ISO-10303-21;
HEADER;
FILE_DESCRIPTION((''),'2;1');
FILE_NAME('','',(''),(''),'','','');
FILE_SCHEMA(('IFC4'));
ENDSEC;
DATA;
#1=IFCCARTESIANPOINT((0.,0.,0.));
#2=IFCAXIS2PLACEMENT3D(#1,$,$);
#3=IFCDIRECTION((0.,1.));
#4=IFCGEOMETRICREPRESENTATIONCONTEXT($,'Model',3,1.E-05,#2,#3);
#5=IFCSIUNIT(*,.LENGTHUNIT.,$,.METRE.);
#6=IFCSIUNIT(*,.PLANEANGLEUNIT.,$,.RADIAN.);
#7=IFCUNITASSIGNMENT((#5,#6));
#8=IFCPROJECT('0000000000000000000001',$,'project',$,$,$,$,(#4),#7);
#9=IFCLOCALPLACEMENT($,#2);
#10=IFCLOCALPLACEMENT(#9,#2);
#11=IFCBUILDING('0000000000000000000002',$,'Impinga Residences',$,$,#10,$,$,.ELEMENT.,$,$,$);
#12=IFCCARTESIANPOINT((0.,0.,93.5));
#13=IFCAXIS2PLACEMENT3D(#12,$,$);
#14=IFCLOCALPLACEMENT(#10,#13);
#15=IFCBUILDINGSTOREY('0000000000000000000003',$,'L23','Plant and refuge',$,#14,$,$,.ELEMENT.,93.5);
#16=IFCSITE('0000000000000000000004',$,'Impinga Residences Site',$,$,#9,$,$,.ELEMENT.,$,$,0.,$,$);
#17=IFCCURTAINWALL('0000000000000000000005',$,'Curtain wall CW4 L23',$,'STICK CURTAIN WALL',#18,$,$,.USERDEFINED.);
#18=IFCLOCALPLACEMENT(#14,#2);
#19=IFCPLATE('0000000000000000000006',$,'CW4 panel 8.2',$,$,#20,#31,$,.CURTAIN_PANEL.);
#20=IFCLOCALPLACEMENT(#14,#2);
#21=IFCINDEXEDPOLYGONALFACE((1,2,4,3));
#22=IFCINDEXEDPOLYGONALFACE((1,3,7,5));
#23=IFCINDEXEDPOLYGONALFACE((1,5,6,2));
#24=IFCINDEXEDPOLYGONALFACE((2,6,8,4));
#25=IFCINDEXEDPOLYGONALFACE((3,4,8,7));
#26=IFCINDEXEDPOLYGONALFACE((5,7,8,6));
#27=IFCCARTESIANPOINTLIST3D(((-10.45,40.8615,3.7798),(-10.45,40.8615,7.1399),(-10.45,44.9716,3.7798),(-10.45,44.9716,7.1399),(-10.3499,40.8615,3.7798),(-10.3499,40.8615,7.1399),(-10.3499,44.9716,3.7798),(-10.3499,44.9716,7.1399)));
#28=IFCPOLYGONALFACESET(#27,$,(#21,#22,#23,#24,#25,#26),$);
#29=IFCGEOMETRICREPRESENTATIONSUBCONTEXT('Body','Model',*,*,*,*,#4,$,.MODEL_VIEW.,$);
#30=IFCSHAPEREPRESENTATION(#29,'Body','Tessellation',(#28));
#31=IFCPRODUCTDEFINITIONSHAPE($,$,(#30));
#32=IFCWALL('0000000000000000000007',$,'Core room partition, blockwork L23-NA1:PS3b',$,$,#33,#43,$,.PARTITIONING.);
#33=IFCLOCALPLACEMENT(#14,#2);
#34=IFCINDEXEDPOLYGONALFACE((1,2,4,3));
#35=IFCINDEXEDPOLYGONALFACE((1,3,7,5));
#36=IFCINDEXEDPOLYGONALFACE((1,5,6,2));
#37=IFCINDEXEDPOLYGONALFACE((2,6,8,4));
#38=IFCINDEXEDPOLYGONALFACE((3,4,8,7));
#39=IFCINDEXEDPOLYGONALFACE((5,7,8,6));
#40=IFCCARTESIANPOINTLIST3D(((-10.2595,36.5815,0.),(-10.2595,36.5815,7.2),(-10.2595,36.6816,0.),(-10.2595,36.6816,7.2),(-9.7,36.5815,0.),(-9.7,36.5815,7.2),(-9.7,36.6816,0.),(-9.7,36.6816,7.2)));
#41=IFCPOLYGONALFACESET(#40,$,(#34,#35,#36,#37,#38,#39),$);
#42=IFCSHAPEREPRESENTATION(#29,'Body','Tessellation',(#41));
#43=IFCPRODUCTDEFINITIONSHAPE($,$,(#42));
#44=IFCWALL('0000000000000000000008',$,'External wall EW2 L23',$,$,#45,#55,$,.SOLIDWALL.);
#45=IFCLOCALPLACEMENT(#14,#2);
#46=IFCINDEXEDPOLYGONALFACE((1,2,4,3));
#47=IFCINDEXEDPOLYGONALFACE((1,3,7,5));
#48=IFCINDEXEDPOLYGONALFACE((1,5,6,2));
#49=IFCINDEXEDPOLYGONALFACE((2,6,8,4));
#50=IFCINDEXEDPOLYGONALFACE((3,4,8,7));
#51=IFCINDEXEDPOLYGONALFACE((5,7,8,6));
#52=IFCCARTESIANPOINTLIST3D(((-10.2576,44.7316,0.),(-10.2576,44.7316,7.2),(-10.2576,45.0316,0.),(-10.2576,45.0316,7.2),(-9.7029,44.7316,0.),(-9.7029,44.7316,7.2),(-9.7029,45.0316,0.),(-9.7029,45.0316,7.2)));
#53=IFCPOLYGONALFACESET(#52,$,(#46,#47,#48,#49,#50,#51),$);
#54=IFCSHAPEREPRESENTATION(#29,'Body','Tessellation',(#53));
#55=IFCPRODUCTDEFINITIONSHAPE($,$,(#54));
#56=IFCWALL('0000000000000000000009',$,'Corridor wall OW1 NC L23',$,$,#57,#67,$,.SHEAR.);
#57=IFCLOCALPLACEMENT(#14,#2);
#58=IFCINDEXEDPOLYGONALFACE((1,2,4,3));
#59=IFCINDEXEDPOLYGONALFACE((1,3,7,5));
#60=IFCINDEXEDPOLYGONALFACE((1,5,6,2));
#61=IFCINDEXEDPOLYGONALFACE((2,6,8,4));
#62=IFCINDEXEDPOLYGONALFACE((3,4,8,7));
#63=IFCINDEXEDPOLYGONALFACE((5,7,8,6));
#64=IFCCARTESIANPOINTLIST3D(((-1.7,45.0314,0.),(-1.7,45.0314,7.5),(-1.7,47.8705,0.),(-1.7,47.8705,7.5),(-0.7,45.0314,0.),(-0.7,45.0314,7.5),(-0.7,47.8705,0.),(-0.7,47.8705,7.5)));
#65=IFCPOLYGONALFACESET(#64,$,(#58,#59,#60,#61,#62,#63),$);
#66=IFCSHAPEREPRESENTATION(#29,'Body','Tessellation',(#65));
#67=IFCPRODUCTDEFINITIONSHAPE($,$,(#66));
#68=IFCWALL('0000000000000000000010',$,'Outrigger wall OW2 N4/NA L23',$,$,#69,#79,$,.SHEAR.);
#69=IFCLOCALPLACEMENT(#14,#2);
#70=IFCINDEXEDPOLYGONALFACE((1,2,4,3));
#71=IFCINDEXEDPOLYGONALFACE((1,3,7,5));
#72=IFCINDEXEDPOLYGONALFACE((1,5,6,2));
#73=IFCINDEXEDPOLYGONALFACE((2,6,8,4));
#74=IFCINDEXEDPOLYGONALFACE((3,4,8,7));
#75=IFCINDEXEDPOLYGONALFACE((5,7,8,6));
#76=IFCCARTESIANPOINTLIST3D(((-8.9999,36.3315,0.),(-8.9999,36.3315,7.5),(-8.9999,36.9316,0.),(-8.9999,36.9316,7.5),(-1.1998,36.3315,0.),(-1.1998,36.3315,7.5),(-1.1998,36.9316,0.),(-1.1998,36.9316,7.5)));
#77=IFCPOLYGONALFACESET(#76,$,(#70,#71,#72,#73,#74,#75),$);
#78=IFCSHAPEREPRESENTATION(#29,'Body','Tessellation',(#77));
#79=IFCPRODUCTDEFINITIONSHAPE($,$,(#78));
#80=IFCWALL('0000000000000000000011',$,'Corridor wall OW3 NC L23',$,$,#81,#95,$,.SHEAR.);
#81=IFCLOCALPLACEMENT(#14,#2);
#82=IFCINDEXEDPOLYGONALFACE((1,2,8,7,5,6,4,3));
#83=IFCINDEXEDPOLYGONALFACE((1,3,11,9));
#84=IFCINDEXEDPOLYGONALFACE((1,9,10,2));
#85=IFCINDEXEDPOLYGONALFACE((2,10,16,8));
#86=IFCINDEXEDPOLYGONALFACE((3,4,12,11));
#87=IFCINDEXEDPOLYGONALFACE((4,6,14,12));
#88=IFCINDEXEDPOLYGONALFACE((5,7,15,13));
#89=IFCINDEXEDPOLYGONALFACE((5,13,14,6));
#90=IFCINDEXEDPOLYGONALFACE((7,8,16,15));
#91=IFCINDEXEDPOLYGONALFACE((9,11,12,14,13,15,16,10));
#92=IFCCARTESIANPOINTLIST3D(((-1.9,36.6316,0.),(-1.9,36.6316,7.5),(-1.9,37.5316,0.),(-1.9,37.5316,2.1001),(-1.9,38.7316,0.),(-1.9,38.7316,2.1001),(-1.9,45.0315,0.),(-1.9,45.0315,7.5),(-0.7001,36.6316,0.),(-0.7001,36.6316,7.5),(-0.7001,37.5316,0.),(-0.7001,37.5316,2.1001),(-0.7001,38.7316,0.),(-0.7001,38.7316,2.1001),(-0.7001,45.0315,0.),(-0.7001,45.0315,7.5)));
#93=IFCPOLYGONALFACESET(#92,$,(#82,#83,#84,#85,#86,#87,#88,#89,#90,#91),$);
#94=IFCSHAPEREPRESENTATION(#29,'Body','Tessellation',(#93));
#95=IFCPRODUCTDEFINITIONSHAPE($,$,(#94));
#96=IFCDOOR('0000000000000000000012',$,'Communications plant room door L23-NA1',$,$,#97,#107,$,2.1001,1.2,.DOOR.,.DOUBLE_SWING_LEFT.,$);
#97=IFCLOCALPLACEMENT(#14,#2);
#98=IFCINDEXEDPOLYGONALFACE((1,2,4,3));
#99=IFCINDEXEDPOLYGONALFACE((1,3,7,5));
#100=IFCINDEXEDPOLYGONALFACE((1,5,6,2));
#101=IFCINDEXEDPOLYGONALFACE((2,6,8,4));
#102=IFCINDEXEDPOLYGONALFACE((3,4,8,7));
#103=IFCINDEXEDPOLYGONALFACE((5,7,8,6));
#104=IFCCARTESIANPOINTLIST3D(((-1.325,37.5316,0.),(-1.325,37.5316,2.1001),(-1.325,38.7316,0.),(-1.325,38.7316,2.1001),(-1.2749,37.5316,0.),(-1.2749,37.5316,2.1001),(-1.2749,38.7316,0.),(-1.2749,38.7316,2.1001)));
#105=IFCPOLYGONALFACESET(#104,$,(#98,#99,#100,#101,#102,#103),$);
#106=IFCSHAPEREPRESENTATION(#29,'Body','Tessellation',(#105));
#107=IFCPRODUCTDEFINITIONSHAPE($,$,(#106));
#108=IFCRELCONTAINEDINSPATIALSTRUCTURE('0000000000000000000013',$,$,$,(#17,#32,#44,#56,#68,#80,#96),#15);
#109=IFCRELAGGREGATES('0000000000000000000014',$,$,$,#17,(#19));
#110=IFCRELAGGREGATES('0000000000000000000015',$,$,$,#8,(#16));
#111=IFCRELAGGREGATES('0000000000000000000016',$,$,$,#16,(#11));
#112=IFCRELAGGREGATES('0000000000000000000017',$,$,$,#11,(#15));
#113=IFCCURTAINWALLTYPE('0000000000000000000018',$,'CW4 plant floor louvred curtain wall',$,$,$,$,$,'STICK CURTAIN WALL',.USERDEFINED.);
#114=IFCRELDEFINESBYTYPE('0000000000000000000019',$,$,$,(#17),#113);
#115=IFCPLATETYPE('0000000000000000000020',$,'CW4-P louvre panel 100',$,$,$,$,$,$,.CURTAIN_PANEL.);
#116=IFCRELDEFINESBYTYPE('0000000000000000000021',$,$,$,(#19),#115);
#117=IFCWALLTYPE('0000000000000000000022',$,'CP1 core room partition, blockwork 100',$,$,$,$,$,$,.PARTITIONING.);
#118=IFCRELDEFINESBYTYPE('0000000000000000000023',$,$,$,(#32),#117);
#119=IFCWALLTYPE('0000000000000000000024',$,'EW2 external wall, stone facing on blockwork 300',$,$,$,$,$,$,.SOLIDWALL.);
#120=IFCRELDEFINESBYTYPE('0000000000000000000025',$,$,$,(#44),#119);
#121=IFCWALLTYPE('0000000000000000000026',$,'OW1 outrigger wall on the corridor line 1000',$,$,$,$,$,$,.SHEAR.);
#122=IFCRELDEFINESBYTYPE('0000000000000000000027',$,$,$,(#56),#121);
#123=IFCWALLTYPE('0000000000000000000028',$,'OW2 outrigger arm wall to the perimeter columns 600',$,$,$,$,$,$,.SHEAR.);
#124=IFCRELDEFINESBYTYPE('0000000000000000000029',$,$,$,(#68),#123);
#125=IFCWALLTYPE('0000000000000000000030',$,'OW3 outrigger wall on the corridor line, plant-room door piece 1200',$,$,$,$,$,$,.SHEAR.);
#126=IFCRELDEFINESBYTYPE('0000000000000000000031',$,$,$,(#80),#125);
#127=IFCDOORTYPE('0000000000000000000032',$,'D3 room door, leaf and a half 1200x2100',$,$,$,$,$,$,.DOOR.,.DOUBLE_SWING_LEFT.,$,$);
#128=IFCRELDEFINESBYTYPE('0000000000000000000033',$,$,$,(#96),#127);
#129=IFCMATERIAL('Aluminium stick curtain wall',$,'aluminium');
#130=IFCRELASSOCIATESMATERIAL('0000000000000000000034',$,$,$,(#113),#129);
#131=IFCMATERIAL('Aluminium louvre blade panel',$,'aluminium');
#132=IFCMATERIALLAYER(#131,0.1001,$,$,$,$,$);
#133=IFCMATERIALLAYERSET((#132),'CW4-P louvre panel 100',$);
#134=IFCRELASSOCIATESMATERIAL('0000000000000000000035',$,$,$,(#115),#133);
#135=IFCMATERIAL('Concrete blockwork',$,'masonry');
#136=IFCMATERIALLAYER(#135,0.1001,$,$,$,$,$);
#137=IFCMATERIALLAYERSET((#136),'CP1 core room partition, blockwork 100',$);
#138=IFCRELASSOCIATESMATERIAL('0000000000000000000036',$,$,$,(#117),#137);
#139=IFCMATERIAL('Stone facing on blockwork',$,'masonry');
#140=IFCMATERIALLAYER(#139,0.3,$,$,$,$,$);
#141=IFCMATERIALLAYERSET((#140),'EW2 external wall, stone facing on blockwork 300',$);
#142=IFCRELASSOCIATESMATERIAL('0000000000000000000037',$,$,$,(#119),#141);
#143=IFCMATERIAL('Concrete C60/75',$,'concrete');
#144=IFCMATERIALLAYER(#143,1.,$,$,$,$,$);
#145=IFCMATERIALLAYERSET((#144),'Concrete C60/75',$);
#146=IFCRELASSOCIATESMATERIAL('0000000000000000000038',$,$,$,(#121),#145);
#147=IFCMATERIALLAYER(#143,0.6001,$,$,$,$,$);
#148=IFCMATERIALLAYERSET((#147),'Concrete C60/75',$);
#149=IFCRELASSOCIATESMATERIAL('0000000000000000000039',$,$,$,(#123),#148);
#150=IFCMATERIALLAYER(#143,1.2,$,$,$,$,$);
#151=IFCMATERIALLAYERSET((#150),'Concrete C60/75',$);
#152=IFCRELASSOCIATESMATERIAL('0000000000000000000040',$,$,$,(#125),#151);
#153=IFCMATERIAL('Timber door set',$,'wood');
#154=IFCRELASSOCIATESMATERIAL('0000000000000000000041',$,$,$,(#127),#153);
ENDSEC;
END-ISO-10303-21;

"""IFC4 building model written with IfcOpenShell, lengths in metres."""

from ifc_helpers import new_model, si_unit, direction, frame, frame_2d, origin, origin_2d, place, context, subcontext, project, spatial, rectangle, extrude, material, layer, layer_set, type_object, element, fill, aggregate, save


model = new_model("IFC4")

# Units and contexts
model_context = context("Model", 3, precision=1e-05, world=origin(), true_north=direction((0.0, 1.0)))
body_context = subcontext(model_context, "Body", "Model", "MODEL_VIEW")
ifc_project = project(units=[si_unit("LENGTHUNIT", "METRE"), si_unit("PLANEANGLEUNIT", "RADIAN")], contexts=[model_context])

# Site, building, storey
site_placement = place(None, origin())
site = spatial("IfcSite", under=ifc_project, at=site_placement, Name="Impinga Residences Site", CompositionType="ELEMENT", RefElevation=0.0)
building_placement = place(site_placement, origin())
building = spatial("IfcBuilding", under=site, at=building_placement, Name="Impinga Residences", CompositionType="ELEMENT")
storey_placement = place(building_placement, frame((0.0, 0.0, 93.5)))
storey = spatial("IfcBuildingStorey", under=building, at=storey_placement, Name="L23", Description="Plant and refuge", CompositionType="ELEMENT", Elevation=93.5)

# Shared definitions
ifc_material_1 = material(Name="Concrete C60/75", Category="concrete")

# Curtain wall, plate
ifc_material_2 = material(Name="Aluminium stick curtain wall", Category="aluminium")
curtain_wall_type = type_object("IfcCurtainWallType", Name="CW4 plant floor louvred curtain wall", ElementType="STICK CURTAIN WALL", PredefinedType="USERDEFINED", material=ifc_material_2)
curtain_wall_placement = place(storey_placement, origin())
curtain_wall = element("IfcCurtainWall", 1, at=curtain_wall_placement, inside=storey, type_object=curtain_wall_type, Name="Curtain wall CW4 L23", ObjectType="STICK CURTAIN WALL", PredefinedType="USERDEFINED")
ifc_material_3 = material(Name="Aluminium louvre blade panel", Category="aluminium")
ifc_layer_1 = layer(ifc_material_3, 0.1001)
ifc_layer_set_1 = layer_set([ifc_layer_1], Name="CW4-P louvre panel 100")
plate_type = type_object("IfcPlateType", Name="CW4-P louvre panel 100", PredefinedType="CURTAIN_PANEL", material=ifc_layer_set_1)
plate_1_placement = place(storey_placement, frame((-10.3999, 42.9165, 3.7798), z_axis=(0.0, 0.0, 1.0), x_axis=(0.0, 1.0, 0.0)))
plate_1 = element("IfcPlate", 2, at=plate_1_placement, type_object=plate_type, Name="CW4 panel 8.2", PredefinedType="CURTAIN_PANEL", context=body_context, shape_type="SweptSolid", body=[
    extrude(rectangle(XDim=4.1101, YDim=0.1001, at=origin_2d()), origin(), (0.0, 0.0, 1.0), 3.3601),
])
aggregate(curtain_wall, [plate_1])

# Walls
ifc_material_4 = material(Name="Concrete blockwork", Category="masonry")
ifc_layer_2 = layer(ifc_material_4, 0.1001)
ifc_layer_set_2 = layer_set([ifc_layer_2], Name="CP1 core room partition, blockwork 100")
wall_type_1 = type_object("IfcWallType", Name="CP1 core room partition, blockwork 100", PredefinedType="PARTITIONING", material=ifc_layer_set_2)
wall_1_placement = place(storey_placement, frame((-9.7, 36.6316, 0.0), z_axis=(0.0, 0.0, 1.0), x_axis=(-1.0, 0.0, 0.0)))
element("IfcWall", 3, at=wall_1_placement, inside=storey, type_object=wall_type_1, Name="Core room partition, blockwork L23-NA1:PS3b", PredefinedType="PARTITIONING", context=body_context, shape_type="SweptSolid", body=[
    extrude(rectangle(XDim=0.5596, YDim=0.1001, at=frame_2d((0.2798, 0.0))), origin(), (0.0, 0.0, 1.0), 7.2),
])
ifc_material_5 = material(Name="Stone facing on blockwork", Category="masonry")
ifc_layer_3 = layer(ifc_material_5, 0.3)
ifc_layer_set_3 = layer_set([ifc_layer_3], Name="EW2 external wall, stone facing on blockwork 300")
wall_type_2 = type_object("IfcWallType", Name="EW2 external wall, stone facing on blockwork 300", PredefinedType="SOLIDWALL", material=ifc_layer_set_3)
wall_2_placement = place(storey_placement, frame((-10.2576, 44.8816, 0.0), z_axis=(0.0, 0.0, 1.0), x_axis=(1.0, 0.0, 0.0)))
element("IfcWall", 4, at=wall_2_placement, inside=storey, type_object=wall_type_2, Name="External wall EW2 L23", PredefinedType="SOLIDWALL", context=body_context, shape_type="SweptSolid", body=[
    extrude(rectangle(XDim=0.5547, YDim=0.3, at=frame_2d((0.2773, 0.0))), origin(), (0.0, 0.0, 1.0), 7.2),
])
ifc_layer_4 = layer(ifc_material_1, 1.0)
ifc_layer_set_4 = layer_set([ifc_layer_4], Name="Concrete C60/75")
wall_type_3 = type_object("IfcWallType", Name="OW1 outrigger wall on the corridor line 1000", PredefinedType="SHEAR", material=ifc_layer_set_4)
wall_3_placement = place(storey_placement, frame((-1.2, 45.0315, 0.0), z_axis=(0.0, 0.0, 1.0), x_axis=(0.0, 1.0, 0.0)))
element("IfcWall", 5, at=wall_3_placement, inside=storey, type_object=wall_type_3, Name="Corridor wall OW1 NC L23", PredefinedType="SHEAR", context=body_context, shape_type="SweptSolid", body=[
    extrude(rectangle(XDim=2.8391, YDim=1.0, at=frame_2d((1.4194, 0.0))), origin(), (0.0, 0.0, 1.0), 7.5),
])
ifc_layer_5 = layer(ifc_material_1, 0.6001)
ifc_layer_set_5 = layer_set([ifc_layer_5], Name="Concrete C60/75")
wall_type_4 = type_object("IfcWallType", Name="OW2 outrigger arm wall to the perimeter columns 600", PredefinedType="SHEAR", material=ifc_layer_set_5)
wall_4_placement = place(storey_placement, frame((-1.2, 36.6316, 0.0), z_axis=(0.0, 0.0, 1.0), x_axis=(-1.0, 0.0, 0.0)))
element("IfcWall", 6, at=wall_4_placement, inside=storey, type_object=wall_type_4, Name="Outrigger wall OW2 N4/NA L23", PredefinedType="SHEAR", context=body_context, shape_type="SweptSolid", body=[
    extrude(rectangle(XDim=7.8, YDim=0.6001, at=frame_2d((3.8999, 0.0))), origin(), (0.0, 0.0, 1.0), 7.5),
])

# Wall, opening, door
ifc_layer_6 = layer(ifc_material_1, 1.2)
ifc_layer_set_6 = layer_set([ifc_layer_6], Name="Concrete C60/75")
wall_type_5 = type_object("IfcWallType", Name="OW3 outrigger wall on the corridor line, plant-room door piece 1200", PredefinedType="SHEAR", material=ifc_layer_set_6)
wall_5_placement = place(storey_placement, frame((-1.3, 36.6316, 0.0), z_axis=(0.0, 0.0, 1.0), x_axis=(0.0, 1.0, 0.0)))
wall_5 = element("IfcWall", 7, at=wall_5_placement, inside=storey, type_object=wall_type_5, Name="Corridor wall OW3 NC L23", PredefinedType="SHEAR", context=body_context, shape_type="SweptSolid", body=[
    extrude(rectangle(XDim=8.3999, YDim=1.2, at=frame_2d((4.2, 0.0))), origin(), (0.0, 0.0, 1.0), 7.5),
])
opening_placement = place(wall_5_placement, frame((0.8999, 0.0, 0.0)))
opening = element("IfcOpeningElement", 8, at=opening_placement, cuts=wall_5, PredefinedType="OPENING", context=body_context, shape_type="SweptSolid", body=[
    extrude(rectangle(XDim=1.2, YDim=2.1001, at=frame_2d((0.6001, 1.05))), frame((0.0, 0.6099, 0.0), z_axis=(0.0, -1.0, 0.0), x_axis=(1.0, 0.0, 0.0)), (0.0, 0.0, 1.0), 1.22),
])
ifc_material_6 = material(Name="Timber door set", Category="wood")
door_type = type_object("IfcDoorType", Name="D3 room door, leaf and a half 1200x2100", OperationType="DOUBLE_SWING_LEFT", PredefinedType="DOOR", material=ifc_material_6)
door_placement = place(opening_placement, origin())
door = element("IfcDoor", 9, at=door_placement, inside=storey, type_object=door_type, Name="Communications plant room door L23-NA1", OperationType="DOUBLE_SWING_LEFT", OverallHeight=2.1001, OverallWidth=1.2, PredefinedType="DOOR", context=body_context, shape_type="SweptSolid", body=[
    extrude(rectangle(XDim=1.2, YDim=2.1001, at=frame_2d((0.6001, 1.05))), frame((0.0, 0.0249, 0.0), z_axis=(0.0, -1.0, 0.0), x_axis=(1.0, 0.0, 0.0)), (0.0, 0.0, 1.0), 0.05),
])
fill(opening, door)

save(model, "model.ifc")
